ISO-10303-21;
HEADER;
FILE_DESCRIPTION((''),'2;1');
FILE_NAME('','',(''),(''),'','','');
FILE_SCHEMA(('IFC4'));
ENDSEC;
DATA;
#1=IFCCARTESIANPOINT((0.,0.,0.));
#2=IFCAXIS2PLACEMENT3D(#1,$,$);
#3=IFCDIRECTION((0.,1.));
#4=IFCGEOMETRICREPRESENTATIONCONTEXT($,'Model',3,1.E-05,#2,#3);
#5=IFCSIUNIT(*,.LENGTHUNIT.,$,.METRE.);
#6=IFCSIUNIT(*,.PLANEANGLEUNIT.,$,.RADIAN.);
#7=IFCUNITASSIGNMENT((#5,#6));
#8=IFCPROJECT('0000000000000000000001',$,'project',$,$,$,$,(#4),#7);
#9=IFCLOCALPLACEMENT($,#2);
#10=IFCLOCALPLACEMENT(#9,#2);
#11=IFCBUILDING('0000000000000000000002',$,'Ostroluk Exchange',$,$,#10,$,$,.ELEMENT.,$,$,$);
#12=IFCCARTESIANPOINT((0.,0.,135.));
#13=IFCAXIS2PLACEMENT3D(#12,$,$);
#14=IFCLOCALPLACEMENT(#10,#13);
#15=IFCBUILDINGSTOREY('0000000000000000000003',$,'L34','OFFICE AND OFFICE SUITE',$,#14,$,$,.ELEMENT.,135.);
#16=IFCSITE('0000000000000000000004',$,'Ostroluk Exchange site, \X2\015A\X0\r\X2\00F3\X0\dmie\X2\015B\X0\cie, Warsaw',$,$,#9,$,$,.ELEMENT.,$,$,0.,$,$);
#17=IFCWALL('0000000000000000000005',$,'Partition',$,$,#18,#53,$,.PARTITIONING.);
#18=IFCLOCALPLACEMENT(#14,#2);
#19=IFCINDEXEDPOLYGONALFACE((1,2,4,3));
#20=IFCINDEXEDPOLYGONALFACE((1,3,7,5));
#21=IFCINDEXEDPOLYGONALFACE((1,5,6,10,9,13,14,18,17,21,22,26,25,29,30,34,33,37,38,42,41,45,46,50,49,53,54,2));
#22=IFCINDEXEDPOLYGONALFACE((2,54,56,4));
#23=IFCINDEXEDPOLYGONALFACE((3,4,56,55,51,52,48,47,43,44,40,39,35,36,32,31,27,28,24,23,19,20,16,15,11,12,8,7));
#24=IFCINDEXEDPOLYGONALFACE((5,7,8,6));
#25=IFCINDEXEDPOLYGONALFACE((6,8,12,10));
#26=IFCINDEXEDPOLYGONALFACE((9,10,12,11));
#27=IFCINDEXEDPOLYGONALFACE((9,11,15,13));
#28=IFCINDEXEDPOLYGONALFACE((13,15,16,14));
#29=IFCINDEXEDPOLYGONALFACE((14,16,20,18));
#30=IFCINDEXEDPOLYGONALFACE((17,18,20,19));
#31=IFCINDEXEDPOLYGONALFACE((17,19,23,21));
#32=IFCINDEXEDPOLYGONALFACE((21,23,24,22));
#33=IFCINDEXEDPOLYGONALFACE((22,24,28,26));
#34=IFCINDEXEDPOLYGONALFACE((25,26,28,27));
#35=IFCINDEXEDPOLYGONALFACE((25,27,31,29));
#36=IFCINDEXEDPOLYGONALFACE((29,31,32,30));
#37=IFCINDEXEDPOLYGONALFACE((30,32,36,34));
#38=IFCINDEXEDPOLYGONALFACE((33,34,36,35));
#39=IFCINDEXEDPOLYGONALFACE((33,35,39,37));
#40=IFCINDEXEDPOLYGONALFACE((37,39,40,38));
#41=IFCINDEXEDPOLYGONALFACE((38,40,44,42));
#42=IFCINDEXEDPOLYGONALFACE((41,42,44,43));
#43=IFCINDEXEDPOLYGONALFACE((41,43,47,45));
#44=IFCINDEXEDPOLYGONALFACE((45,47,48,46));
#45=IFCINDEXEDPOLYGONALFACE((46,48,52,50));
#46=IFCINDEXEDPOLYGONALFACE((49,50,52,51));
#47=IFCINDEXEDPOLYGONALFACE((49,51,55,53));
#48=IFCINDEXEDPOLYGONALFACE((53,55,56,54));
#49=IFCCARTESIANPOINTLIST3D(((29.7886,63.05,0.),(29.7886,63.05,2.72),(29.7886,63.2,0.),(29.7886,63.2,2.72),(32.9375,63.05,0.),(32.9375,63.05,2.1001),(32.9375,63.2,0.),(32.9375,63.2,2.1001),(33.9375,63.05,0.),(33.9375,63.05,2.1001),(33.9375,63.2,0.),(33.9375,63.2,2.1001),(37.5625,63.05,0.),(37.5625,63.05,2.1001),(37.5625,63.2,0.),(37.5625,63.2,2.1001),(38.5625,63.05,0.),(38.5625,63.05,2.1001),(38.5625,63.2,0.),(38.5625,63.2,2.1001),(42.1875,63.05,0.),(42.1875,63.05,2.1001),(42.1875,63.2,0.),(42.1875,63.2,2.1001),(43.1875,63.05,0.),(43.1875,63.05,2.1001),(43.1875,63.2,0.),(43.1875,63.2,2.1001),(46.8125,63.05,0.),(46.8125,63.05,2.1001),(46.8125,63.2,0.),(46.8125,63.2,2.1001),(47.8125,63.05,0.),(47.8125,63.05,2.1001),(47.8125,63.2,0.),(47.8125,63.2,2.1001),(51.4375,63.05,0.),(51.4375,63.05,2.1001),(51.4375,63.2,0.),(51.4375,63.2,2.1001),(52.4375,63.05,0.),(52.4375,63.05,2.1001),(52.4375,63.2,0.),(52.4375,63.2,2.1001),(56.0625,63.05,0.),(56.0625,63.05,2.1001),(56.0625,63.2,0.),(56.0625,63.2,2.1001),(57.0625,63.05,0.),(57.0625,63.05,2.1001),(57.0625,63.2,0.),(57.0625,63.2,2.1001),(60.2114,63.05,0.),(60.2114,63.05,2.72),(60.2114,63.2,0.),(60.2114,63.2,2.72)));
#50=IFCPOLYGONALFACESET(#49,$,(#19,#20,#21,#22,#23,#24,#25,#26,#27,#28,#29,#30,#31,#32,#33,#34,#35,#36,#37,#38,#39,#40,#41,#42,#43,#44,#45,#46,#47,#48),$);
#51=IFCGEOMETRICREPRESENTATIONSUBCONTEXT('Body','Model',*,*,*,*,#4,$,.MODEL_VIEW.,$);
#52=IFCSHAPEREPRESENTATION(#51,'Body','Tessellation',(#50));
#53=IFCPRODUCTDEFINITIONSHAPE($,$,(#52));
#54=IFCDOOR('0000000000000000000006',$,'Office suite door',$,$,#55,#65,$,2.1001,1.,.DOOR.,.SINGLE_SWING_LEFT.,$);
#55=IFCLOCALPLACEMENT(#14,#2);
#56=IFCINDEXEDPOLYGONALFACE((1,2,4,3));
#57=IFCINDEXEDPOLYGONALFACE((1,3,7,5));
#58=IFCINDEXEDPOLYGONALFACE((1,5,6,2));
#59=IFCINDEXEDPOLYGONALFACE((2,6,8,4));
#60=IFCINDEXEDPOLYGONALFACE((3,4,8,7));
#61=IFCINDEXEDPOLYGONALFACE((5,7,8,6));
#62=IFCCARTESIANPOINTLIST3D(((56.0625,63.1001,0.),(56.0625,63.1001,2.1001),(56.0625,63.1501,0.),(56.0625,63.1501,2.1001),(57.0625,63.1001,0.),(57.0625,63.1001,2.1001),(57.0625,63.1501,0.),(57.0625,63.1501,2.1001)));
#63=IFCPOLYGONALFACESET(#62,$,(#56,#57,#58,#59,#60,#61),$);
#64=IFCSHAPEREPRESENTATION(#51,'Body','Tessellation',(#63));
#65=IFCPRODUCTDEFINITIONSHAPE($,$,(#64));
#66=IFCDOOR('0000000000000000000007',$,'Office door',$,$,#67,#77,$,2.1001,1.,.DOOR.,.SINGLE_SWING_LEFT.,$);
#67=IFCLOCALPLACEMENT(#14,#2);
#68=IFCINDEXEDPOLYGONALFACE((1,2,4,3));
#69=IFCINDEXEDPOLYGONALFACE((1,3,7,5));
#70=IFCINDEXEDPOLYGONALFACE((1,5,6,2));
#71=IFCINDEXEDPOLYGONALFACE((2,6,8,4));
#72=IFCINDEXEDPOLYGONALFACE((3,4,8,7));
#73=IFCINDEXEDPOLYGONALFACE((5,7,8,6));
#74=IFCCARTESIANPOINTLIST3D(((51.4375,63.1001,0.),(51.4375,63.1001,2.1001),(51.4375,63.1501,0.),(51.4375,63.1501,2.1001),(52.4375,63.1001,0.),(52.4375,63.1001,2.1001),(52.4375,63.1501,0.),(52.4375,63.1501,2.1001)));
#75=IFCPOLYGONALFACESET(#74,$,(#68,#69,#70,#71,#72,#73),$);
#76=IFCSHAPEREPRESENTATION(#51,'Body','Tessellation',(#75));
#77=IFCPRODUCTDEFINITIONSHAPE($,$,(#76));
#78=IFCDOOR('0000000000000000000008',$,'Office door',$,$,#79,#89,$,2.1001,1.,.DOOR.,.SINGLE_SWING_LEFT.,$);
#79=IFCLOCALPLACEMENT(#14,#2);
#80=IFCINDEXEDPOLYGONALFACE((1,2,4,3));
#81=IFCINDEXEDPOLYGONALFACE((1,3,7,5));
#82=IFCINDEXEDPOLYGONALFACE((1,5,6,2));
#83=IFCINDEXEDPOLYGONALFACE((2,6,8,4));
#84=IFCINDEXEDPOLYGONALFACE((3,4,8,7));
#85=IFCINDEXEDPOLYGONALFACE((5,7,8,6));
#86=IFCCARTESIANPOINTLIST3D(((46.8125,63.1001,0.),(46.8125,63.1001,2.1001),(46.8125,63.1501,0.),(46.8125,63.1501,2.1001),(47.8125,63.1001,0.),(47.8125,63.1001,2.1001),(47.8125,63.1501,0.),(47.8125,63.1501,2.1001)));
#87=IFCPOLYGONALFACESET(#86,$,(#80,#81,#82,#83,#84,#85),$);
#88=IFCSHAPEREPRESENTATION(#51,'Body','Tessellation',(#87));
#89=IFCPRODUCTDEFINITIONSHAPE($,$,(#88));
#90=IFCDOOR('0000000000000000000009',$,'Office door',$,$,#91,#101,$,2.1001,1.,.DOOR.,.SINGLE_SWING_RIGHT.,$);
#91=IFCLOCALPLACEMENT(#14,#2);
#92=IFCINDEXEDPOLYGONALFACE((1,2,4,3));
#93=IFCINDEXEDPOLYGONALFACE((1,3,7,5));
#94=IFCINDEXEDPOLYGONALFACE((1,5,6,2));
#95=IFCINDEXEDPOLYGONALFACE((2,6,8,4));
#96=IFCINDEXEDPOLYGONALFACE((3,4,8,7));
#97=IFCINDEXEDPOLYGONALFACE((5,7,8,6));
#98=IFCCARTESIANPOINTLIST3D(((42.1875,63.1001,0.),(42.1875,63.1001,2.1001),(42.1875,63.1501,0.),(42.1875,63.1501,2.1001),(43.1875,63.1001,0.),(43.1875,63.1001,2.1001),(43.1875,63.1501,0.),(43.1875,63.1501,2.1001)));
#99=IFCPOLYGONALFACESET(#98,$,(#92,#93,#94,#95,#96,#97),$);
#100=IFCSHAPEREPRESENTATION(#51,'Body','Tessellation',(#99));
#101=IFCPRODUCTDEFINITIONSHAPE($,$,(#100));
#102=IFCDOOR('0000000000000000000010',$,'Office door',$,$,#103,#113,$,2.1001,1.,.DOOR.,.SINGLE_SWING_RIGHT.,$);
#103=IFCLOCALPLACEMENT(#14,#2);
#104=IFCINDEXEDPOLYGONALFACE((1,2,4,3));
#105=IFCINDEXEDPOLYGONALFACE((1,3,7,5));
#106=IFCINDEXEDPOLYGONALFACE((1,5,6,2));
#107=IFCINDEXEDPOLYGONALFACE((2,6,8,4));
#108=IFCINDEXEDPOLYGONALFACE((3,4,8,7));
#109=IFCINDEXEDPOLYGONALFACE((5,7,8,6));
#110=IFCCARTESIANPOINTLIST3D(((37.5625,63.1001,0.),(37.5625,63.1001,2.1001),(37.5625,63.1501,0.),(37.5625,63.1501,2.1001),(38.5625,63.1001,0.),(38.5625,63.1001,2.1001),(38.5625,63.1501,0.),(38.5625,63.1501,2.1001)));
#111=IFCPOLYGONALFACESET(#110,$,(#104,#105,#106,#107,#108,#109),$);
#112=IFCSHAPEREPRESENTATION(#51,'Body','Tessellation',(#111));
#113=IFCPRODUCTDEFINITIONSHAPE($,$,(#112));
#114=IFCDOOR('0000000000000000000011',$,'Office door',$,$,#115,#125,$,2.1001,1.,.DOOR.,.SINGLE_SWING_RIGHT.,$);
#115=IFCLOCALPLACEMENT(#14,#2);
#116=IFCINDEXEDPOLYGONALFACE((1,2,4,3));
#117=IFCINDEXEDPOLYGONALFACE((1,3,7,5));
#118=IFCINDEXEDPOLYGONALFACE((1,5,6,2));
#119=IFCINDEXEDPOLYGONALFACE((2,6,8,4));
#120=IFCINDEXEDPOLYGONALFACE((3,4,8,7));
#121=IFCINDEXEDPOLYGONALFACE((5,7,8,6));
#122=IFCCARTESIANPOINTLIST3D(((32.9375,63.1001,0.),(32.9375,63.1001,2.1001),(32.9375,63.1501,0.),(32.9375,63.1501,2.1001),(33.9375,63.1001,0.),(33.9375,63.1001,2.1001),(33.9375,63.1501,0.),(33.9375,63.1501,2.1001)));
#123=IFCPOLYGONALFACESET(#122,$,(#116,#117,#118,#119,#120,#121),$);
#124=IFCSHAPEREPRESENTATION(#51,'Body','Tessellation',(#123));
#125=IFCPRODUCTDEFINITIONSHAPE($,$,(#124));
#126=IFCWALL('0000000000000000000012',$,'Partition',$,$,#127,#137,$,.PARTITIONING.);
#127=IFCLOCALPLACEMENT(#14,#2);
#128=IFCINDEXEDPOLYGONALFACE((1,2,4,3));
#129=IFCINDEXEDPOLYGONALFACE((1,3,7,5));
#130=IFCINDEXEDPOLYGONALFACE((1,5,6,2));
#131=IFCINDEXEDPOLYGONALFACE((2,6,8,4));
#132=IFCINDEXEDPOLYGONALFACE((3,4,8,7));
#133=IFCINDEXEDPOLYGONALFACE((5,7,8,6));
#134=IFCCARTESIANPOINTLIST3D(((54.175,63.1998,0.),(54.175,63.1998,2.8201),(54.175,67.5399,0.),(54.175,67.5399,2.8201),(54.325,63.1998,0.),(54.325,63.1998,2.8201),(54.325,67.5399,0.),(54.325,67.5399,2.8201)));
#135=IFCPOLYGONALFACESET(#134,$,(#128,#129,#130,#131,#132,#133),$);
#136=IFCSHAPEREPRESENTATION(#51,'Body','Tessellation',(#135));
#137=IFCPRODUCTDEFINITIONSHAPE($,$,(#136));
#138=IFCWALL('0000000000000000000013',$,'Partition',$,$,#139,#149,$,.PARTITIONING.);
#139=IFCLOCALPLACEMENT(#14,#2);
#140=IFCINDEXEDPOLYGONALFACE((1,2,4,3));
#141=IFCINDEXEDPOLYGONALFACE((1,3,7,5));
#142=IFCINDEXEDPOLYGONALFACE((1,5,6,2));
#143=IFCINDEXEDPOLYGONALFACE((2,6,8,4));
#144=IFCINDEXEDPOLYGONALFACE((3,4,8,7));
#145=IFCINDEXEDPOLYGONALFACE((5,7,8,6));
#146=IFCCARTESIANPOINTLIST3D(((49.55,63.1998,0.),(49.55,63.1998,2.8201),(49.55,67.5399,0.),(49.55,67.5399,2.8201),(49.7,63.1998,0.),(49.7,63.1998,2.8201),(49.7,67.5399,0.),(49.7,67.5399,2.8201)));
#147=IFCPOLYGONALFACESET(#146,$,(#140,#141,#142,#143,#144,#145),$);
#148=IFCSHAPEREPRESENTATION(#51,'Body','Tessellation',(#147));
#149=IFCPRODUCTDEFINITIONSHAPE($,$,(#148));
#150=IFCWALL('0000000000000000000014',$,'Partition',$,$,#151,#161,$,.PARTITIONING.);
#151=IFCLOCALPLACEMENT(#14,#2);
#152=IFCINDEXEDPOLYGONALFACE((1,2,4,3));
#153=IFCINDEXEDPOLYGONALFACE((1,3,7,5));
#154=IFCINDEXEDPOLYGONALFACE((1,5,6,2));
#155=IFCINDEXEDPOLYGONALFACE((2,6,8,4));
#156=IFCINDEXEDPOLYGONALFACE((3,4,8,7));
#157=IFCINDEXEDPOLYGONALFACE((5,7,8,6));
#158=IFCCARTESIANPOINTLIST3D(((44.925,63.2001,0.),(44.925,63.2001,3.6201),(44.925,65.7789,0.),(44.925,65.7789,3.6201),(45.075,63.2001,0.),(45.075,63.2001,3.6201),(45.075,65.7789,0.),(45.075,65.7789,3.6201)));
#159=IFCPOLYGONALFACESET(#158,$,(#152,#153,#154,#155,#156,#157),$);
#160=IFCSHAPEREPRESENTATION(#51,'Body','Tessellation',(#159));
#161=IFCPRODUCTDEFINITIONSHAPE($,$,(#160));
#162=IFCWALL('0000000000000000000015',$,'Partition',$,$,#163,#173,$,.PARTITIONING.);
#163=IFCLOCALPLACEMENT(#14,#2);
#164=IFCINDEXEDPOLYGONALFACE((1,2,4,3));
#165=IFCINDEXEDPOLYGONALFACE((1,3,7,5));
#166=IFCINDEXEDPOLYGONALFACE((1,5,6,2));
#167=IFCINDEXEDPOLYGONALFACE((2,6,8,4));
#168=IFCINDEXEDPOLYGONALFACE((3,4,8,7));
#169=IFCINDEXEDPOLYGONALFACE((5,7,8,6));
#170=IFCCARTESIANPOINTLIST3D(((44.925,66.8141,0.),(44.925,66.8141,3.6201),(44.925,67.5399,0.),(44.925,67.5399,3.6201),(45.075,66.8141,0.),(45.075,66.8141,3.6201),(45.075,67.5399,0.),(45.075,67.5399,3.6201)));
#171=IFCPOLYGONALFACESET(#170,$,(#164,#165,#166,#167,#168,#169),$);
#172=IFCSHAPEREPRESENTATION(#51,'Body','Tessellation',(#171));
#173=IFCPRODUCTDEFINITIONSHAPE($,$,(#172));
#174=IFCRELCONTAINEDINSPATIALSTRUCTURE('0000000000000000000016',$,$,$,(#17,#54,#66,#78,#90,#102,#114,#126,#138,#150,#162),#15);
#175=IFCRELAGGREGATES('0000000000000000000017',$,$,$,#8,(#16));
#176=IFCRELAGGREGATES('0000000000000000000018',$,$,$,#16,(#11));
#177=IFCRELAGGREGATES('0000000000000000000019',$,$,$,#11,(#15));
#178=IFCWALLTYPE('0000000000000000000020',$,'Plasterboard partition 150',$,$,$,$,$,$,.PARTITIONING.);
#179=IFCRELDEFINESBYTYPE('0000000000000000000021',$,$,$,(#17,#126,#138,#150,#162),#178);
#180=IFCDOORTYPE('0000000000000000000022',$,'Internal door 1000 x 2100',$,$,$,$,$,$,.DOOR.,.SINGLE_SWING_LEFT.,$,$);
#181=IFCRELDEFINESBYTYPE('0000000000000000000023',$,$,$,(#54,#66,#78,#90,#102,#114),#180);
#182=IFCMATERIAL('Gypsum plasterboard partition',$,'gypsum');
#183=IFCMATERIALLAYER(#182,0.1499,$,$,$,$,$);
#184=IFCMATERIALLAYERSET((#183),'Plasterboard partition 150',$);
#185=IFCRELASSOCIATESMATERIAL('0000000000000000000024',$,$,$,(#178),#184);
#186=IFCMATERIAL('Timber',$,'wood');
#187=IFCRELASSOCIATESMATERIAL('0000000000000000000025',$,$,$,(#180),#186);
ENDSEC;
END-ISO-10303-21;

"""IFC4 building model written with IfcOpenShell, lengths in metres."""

from ifc_helpers import new_model, si_unit, direction, frame, frame_2d, origin, place, context, subcontext, project, spatial, rectangle, extrude, material, layer, layer_set, type_object, element, fill, save


model = new_model("IFC4")

# Units and contexts
model_context = context("Model", 3, precision=1e-05, world=origin(), true_north=direction((0.0, 1.0)))
body_context = subcontext(model_context, "Body", "Model", "MODEL_VIEW")
ifc_project = project(units=[si_unit("LENGTHUNIT", "METRE"), si_unit("PLANEANGLEUNIT", "RADIAN")], contexts=[model_context])

# Site, building, storey
site_placement = place(None, origin())
site = spatial("IfcSite", under=ifc_project, at=site_placement, Name="Ostroluk Exchange site, Śródmieście, Warsaw", CompositionType="ELEMENT", RefElevation=0.0)
building_placement = place(site_placement, origin())
building = spatial("IfcBuilding", under=site, at=building_placement, Name="Ostroluk Exchange", CompositionType="ELEMENT")
storey_placement = place(building_placement, frame((0.0, 0.0, 135.0)))
storey = spatial("IfcBuildingStorey", under=building, at=storey_placement, Name="L34", Description="OFFICE AND OFFICE SUITE", CompositionType="ELEMENT", Elevation=135.0)

# Wall, openings, doors
ifc_material_1 = material(Name="Gypsum plasterboard partition", Category="gypsum")
ifc_layer_1 = layer(ifc_material_1, 0.1499)
ifc_layer_set_1 = layer_set([ifc_layer_1], Name="Plasterboard partition 150")
wall_type = type_object("IfcWallType", Name="Plasterboard partition 150", PredefinedType="PARTITIONING", material=ifc_layer_set_1)
wall_1_placement = place(storey_placement, frame((60.2114, 63.125, 0.0), z_axis=(0.0, 0.0, 1.0), x_axis=(-1.0, 0.0, 0.0)))
wall_1 = element("IfcWall", 1, at=wall_1_placement, inside=storey, type_object=wall_type, Name="Partition", PredefinedType="PARTITIONING", context=body_context, shape_type="SweptSolid", body=[
    extrude(rectangle(XDim=30.4229, YDim=0.1499, at=frame_2d((15.2114, 0.0))), origin(), (0.0, 0.0, 1.0), 2.72),
])
opening_1_placement = place(wall_1_placement, frame((3.1489, 0.0, 0.0)))
opening_1 = element("IfcOpeningElement", 2, at=opening_1_placement, cuts=wall_1, PredefinedType="OPENING", context=body_context, shape_type="SweptSolid", body=[
    extrude(rectangle(XDim=1.0, YDim=2.1001, at=frame_2d((0.5, 1.05))), frame((0.0, 0.085, 0.0), z_axis=(0.0, -1.0, 0.0), x_axis=(1.0, 0.0, 0.0)), (0.0, 0.0, 1.0), 0.1699),
])
opening_2_placement = place(wall_1_placement, frame((7.7739, 0.0, 0.0)))
opening_2 = element("IfcOpeningElement", 3, at=opening_2_placement, cuts=wall_1, PredefinedType="OPENING", context=body_context, shape_type="SweptSolid", body=[
    extrude(rectangle(XDim=1.0, YDim=2.1001, at=frame_2d((0.5, 1.05))), frame((0.0, 0.085, 0.0), z_axis=(0.0, -1.0, 0.0), x_axis=(1.0, 0.0, 0.0)), (0.0, 0.0, 1.0), 0.1699),
])
opening_3_placement = place(wall_1_placement, frame((12.3989, 0.0, 0.0)))
opening_3 = element("IfcOpeningElement", 4, at=opening_3_placement, cuts=wall_1, PredefinedType="OPENING", context=body_context, shape_type="SweptSolid", body=[
    extrude(rectangle(XDim=1.0, YDim=2.1001, at=frame_2d((0.5, 1.05))), frame((0.0, 0.085, 0.0), z_axis=(0.0, -1.0, 0.0), x_axis=(1.0, 0.0, 0.0)), (0.0, 0.0, 1.0), 0.1699),
])
opening_4_placement = place(wall_1_placement, frame((17.0239, 0.0, 0.0)))
opening_4 = element("IfcOpeningElement", 5, at=opening_4_placement, cuts=wall_1, PredefinedType="OPENING", context=body_context, shape_type="SweptSolid", body=[
    extrude(rectangle(XDim=1.0, YDim=2.1001, at=frame_2d((0.5, 1.05))), frame((0.0, 0.085, 0.0), z_axis=(0.0, -1.0, 0.0), x_axis=(1.0, 0.0, 0.0)), (0.0, 0.0, 1.0), 0.1699),
])
opening_5_placement = place(wall_1_placement, frame((21.6489, 0.0, 0.0)))
opening_5 = element("IfcOpeningElement", 6, at=opening_5_placement, cuts=wall_1, PredefinedType="OPENING", context=body_context, shape_type="SweptSolid", body=[
    extrude(rectangle(XDim=1.0, YDim=2.1001, at=frame_2d((0.5, 1.05))), frame((0.0, 0.085, 0.0), z_axis=(0.0, -1.0, 0.0), x_axis=(1.0, 0.0, 0.0)), (0.0, 0.0, 1.0), 0.1699),
])
opening_6_placement = place(wall_1_placement, frame((26.2739, 0.0, 0.0)))
opening_6 = element("IfcOpeningElement", 7, at=opening_6_placement, cuts=wall_1, PredefinedType="OPENING", context=body_context, shape_type="SweptSolid", body=[
    extrude(rectangle(XDim=1.0, YDim=2.1001, at=frame_2d((0.5, 1.05))), frame((0.0, 0.085, 0.0), z_axis=(0.0, -1.0, 0.0), x_axis=(1.0, 0.0, 0.0)), (0.0, 0.0, 1.0), 0.1699),
])
ifc_material_2 = material(Name="Timber", Category="wood")
door_type = type_object("IfcDoorType", Name="Internal door 1000 x 2100", OperationType="SINGLE_SWING_LEFT", PredefinedType="DOOR", material=ifc_material_2)
door_1_placement = place(opening_1_placement, origin())
door_1 = element("IfcDoor", 8, at=door_1_placement, inside=storey, type_object=door_type, Name="Office suite door", OperationType="SINGLE_SWING_LEFT", OverallHeight=2.1001, OverallWidth=1.0, PredefinedType="DOOR", context=body_context, shape_type="SweptSolid", body=[
    extrude(rectangle(XDim=1.0, YDim=2.1001, at=frame_2d((0.5, 1.05))), frame((0.0, 0.0249, 0.0), z_axis=(0.0, -1.0, 0.0), x_axis=(1.0, 0.0, 0.0)), (0.0, 0.0, 1.0), 0.05),
])
fill(opening_1, door_1)
door_2_placement = place(opening_2_placement, origin())
door_2 = element("IfcDoor", 9, at=door_2_placement, inside=storey, type_object=door_type, Name="Office door", OperationType="SINGLE_SWING_LEFT", OverallHeight=2.1001, OverallWidth=1.0, PredefinedType="DOOR", context=body_context, shape_type="SweptSolid", body=[
    extrude(rectangle(XDim=1.0, YDim=2.1001, at=frame_2d((0.5, 1.05))), frame((0.0, 0.0249, 0.0), z_axis=(0.0, -1.0, 0.0), x_axis=(1.0, 0.0, 0.0)), (0.0, 0.0, 1.0), 0.05),
])
fill(opening_2, door_2)
door_3_placement = place(opening_3_placement, origin())
door_3 = element("IfcDoor", 10, at=door_3_placement, inside=storey, type_object=door_type, Name="Office door", OperationType="SINGLE_SWING_LEFT", OverallHeight=2.1001, OverallWidth=1.0, PredefinedType="DOOR", context=body_context, shape_type="SweptSolid", body=[
    extrude(rectangle(XDim=1.0, YDim=2.1001, at=frame_2d((0.5, 1.05))), frame((0.0, 0.0249, 0.0), z_axis=(0.0, -1.0, 0.0), x_axis=(1.0, 0.0, 0.0)), (0.0, 0.0, 1.0), 0.05),
])
fill(opening_3, door_3)
door_4_placement = place(opening_4_placement, origin())
door_4 = element("IfcDoor", 11, at=door_4_placement, inside=storey, type_object=door_type, Name="Office door", OperationType="SINGLE_SWING_RIGHT", OverallHeight=2.1001, OverallWidth=1.0, PredefinedType="DOOR", context=body_context, shape_type="SweptSolid", body=[
    extrude(rectangle(XDim=1.0, YDim=2.1001, at=frame_2d((0.5, 1.05))), frame((0.0, 0.0249, 0.0), z_axis=(0.0, -1.0, 0.0), x_axis=(1.0, 0.0, 0.0)), (0.0, 0.0, 1.0), 0.05),
])
fill(opening_4, door_4)
door_5_placement = place(opening_5_placement, origin())
door_5 = element("IfcDoor", 12, at=door_5_placement, inside=storey, type_object=door_type, Name="Office door", OperationType="SINGLE_SWING_RIGHT", OverallHeight=2.1001, OverallWidth=1.0, PredefinedType="DOOR", context=body_context, shape_type="SweptSolid", body=[
    extrude(rectangle(XDim=1.0, YDim=2.1001, at=frame_2d((0.5, 1.05))), frame((0.0, 0.0249, 0.0), z_axis=(0.0, -1.0, 0.0), x_axis=(1.0, 0.0, 0.0)), (0.0, 0.0, 1.0), 0.05),
])
fill(opening_5, door_5)
door_6_placement = place(opening_6_placement, origin())
door_6 = element("IfcDoor", 13, at=door_6_placement, inside=storey, type_object=door_type, Name="Office door", OperationType="SINGLE_SWING_RIGHT", OverallHeight=2.1001, OverallWidth=1.0, PredefinedType="DOOR", context=body_context, shape_type="SweptSolid", body=[
    extrude(rectangle(XDim=1.0, YDim=2.1001, at=frame_2d((0.5, 1.05))), frame((0.0, 0.0249, 0.0), z_axis=(0.0, -1.0, 0.0), x_axis=(1.0, 0.0, 0.0)), (0.0, 0.0, 1.0), 0.05),
])
fill(opening_6, door_6)

# Walls
for number, where, z_axis, x_axis, name in (
    (14, (54.25, 63.2, 0.0), (0.0, 0.0, 1.0), (0.0, 1.0, 0.0), "Partition"),
    (15, (49.625, 63.2, 0.0), (0.0, 0.0, 1.0), (0.0, 1.0, 0.0), "Partition"),
):
    element("IfcWall", number, at=place(storey_placement, frame(where, z_axis=z_axis, x_axis=x_axis)), inside=storey, type_object=wall_type, Name=name, PredefinedType="PARTITIONING", context=body_context, shape_type="SweptSolid", body=[
        extrude(rectangle(XDim=4.3401, YDim=0.1499, at=frame_2d((2.1699, 0.0))), origin(), (0.0, 0.0, 1.0), 2.8201),
    ])
wall_2_placement = place(storey_placement, frame((45.0, 63.2, 0.0), z_axis=(0.0, 0.0, 1.0), x_axis=(0.0, 1.0, 0.0)))
element("IfcWall", 16, at=wall_2_placement, inside=storey, type_object=wall_type, Name="Partition", PredefinedType="PARTITIONING", context=body_context, shape_type="SweptSolid", body=[
    extrude(rectangle(XDim=2.5789, YDim=0.1499, at=frame_2d((1.2896, 0.0))), origin(), (0.0, 0.0, 1.0), 3.6201),
])
wall_3_placement = place(storey_placement, frame((45.0, 66.8142, 0.0), z_axis=(0.0, 0.0, 1.0), x_axis=(0.0, 1.0, 0.0)))
element("IfcWall", 17, at=wall_3_placement, inside=storey, type_object=wall_type, Name="Partition", PredefinedType="PARTITIONING", context=body_context, shape_type="SweptSolid", body=[
    extrude(rectangle(XDim=0.7258, YDim=0.1499, at=frame_2d((0.3628, 0.0))), origin(), (0.0, 0.0, 1.0), 3.6201),
])

save(model, "model.ifc")
